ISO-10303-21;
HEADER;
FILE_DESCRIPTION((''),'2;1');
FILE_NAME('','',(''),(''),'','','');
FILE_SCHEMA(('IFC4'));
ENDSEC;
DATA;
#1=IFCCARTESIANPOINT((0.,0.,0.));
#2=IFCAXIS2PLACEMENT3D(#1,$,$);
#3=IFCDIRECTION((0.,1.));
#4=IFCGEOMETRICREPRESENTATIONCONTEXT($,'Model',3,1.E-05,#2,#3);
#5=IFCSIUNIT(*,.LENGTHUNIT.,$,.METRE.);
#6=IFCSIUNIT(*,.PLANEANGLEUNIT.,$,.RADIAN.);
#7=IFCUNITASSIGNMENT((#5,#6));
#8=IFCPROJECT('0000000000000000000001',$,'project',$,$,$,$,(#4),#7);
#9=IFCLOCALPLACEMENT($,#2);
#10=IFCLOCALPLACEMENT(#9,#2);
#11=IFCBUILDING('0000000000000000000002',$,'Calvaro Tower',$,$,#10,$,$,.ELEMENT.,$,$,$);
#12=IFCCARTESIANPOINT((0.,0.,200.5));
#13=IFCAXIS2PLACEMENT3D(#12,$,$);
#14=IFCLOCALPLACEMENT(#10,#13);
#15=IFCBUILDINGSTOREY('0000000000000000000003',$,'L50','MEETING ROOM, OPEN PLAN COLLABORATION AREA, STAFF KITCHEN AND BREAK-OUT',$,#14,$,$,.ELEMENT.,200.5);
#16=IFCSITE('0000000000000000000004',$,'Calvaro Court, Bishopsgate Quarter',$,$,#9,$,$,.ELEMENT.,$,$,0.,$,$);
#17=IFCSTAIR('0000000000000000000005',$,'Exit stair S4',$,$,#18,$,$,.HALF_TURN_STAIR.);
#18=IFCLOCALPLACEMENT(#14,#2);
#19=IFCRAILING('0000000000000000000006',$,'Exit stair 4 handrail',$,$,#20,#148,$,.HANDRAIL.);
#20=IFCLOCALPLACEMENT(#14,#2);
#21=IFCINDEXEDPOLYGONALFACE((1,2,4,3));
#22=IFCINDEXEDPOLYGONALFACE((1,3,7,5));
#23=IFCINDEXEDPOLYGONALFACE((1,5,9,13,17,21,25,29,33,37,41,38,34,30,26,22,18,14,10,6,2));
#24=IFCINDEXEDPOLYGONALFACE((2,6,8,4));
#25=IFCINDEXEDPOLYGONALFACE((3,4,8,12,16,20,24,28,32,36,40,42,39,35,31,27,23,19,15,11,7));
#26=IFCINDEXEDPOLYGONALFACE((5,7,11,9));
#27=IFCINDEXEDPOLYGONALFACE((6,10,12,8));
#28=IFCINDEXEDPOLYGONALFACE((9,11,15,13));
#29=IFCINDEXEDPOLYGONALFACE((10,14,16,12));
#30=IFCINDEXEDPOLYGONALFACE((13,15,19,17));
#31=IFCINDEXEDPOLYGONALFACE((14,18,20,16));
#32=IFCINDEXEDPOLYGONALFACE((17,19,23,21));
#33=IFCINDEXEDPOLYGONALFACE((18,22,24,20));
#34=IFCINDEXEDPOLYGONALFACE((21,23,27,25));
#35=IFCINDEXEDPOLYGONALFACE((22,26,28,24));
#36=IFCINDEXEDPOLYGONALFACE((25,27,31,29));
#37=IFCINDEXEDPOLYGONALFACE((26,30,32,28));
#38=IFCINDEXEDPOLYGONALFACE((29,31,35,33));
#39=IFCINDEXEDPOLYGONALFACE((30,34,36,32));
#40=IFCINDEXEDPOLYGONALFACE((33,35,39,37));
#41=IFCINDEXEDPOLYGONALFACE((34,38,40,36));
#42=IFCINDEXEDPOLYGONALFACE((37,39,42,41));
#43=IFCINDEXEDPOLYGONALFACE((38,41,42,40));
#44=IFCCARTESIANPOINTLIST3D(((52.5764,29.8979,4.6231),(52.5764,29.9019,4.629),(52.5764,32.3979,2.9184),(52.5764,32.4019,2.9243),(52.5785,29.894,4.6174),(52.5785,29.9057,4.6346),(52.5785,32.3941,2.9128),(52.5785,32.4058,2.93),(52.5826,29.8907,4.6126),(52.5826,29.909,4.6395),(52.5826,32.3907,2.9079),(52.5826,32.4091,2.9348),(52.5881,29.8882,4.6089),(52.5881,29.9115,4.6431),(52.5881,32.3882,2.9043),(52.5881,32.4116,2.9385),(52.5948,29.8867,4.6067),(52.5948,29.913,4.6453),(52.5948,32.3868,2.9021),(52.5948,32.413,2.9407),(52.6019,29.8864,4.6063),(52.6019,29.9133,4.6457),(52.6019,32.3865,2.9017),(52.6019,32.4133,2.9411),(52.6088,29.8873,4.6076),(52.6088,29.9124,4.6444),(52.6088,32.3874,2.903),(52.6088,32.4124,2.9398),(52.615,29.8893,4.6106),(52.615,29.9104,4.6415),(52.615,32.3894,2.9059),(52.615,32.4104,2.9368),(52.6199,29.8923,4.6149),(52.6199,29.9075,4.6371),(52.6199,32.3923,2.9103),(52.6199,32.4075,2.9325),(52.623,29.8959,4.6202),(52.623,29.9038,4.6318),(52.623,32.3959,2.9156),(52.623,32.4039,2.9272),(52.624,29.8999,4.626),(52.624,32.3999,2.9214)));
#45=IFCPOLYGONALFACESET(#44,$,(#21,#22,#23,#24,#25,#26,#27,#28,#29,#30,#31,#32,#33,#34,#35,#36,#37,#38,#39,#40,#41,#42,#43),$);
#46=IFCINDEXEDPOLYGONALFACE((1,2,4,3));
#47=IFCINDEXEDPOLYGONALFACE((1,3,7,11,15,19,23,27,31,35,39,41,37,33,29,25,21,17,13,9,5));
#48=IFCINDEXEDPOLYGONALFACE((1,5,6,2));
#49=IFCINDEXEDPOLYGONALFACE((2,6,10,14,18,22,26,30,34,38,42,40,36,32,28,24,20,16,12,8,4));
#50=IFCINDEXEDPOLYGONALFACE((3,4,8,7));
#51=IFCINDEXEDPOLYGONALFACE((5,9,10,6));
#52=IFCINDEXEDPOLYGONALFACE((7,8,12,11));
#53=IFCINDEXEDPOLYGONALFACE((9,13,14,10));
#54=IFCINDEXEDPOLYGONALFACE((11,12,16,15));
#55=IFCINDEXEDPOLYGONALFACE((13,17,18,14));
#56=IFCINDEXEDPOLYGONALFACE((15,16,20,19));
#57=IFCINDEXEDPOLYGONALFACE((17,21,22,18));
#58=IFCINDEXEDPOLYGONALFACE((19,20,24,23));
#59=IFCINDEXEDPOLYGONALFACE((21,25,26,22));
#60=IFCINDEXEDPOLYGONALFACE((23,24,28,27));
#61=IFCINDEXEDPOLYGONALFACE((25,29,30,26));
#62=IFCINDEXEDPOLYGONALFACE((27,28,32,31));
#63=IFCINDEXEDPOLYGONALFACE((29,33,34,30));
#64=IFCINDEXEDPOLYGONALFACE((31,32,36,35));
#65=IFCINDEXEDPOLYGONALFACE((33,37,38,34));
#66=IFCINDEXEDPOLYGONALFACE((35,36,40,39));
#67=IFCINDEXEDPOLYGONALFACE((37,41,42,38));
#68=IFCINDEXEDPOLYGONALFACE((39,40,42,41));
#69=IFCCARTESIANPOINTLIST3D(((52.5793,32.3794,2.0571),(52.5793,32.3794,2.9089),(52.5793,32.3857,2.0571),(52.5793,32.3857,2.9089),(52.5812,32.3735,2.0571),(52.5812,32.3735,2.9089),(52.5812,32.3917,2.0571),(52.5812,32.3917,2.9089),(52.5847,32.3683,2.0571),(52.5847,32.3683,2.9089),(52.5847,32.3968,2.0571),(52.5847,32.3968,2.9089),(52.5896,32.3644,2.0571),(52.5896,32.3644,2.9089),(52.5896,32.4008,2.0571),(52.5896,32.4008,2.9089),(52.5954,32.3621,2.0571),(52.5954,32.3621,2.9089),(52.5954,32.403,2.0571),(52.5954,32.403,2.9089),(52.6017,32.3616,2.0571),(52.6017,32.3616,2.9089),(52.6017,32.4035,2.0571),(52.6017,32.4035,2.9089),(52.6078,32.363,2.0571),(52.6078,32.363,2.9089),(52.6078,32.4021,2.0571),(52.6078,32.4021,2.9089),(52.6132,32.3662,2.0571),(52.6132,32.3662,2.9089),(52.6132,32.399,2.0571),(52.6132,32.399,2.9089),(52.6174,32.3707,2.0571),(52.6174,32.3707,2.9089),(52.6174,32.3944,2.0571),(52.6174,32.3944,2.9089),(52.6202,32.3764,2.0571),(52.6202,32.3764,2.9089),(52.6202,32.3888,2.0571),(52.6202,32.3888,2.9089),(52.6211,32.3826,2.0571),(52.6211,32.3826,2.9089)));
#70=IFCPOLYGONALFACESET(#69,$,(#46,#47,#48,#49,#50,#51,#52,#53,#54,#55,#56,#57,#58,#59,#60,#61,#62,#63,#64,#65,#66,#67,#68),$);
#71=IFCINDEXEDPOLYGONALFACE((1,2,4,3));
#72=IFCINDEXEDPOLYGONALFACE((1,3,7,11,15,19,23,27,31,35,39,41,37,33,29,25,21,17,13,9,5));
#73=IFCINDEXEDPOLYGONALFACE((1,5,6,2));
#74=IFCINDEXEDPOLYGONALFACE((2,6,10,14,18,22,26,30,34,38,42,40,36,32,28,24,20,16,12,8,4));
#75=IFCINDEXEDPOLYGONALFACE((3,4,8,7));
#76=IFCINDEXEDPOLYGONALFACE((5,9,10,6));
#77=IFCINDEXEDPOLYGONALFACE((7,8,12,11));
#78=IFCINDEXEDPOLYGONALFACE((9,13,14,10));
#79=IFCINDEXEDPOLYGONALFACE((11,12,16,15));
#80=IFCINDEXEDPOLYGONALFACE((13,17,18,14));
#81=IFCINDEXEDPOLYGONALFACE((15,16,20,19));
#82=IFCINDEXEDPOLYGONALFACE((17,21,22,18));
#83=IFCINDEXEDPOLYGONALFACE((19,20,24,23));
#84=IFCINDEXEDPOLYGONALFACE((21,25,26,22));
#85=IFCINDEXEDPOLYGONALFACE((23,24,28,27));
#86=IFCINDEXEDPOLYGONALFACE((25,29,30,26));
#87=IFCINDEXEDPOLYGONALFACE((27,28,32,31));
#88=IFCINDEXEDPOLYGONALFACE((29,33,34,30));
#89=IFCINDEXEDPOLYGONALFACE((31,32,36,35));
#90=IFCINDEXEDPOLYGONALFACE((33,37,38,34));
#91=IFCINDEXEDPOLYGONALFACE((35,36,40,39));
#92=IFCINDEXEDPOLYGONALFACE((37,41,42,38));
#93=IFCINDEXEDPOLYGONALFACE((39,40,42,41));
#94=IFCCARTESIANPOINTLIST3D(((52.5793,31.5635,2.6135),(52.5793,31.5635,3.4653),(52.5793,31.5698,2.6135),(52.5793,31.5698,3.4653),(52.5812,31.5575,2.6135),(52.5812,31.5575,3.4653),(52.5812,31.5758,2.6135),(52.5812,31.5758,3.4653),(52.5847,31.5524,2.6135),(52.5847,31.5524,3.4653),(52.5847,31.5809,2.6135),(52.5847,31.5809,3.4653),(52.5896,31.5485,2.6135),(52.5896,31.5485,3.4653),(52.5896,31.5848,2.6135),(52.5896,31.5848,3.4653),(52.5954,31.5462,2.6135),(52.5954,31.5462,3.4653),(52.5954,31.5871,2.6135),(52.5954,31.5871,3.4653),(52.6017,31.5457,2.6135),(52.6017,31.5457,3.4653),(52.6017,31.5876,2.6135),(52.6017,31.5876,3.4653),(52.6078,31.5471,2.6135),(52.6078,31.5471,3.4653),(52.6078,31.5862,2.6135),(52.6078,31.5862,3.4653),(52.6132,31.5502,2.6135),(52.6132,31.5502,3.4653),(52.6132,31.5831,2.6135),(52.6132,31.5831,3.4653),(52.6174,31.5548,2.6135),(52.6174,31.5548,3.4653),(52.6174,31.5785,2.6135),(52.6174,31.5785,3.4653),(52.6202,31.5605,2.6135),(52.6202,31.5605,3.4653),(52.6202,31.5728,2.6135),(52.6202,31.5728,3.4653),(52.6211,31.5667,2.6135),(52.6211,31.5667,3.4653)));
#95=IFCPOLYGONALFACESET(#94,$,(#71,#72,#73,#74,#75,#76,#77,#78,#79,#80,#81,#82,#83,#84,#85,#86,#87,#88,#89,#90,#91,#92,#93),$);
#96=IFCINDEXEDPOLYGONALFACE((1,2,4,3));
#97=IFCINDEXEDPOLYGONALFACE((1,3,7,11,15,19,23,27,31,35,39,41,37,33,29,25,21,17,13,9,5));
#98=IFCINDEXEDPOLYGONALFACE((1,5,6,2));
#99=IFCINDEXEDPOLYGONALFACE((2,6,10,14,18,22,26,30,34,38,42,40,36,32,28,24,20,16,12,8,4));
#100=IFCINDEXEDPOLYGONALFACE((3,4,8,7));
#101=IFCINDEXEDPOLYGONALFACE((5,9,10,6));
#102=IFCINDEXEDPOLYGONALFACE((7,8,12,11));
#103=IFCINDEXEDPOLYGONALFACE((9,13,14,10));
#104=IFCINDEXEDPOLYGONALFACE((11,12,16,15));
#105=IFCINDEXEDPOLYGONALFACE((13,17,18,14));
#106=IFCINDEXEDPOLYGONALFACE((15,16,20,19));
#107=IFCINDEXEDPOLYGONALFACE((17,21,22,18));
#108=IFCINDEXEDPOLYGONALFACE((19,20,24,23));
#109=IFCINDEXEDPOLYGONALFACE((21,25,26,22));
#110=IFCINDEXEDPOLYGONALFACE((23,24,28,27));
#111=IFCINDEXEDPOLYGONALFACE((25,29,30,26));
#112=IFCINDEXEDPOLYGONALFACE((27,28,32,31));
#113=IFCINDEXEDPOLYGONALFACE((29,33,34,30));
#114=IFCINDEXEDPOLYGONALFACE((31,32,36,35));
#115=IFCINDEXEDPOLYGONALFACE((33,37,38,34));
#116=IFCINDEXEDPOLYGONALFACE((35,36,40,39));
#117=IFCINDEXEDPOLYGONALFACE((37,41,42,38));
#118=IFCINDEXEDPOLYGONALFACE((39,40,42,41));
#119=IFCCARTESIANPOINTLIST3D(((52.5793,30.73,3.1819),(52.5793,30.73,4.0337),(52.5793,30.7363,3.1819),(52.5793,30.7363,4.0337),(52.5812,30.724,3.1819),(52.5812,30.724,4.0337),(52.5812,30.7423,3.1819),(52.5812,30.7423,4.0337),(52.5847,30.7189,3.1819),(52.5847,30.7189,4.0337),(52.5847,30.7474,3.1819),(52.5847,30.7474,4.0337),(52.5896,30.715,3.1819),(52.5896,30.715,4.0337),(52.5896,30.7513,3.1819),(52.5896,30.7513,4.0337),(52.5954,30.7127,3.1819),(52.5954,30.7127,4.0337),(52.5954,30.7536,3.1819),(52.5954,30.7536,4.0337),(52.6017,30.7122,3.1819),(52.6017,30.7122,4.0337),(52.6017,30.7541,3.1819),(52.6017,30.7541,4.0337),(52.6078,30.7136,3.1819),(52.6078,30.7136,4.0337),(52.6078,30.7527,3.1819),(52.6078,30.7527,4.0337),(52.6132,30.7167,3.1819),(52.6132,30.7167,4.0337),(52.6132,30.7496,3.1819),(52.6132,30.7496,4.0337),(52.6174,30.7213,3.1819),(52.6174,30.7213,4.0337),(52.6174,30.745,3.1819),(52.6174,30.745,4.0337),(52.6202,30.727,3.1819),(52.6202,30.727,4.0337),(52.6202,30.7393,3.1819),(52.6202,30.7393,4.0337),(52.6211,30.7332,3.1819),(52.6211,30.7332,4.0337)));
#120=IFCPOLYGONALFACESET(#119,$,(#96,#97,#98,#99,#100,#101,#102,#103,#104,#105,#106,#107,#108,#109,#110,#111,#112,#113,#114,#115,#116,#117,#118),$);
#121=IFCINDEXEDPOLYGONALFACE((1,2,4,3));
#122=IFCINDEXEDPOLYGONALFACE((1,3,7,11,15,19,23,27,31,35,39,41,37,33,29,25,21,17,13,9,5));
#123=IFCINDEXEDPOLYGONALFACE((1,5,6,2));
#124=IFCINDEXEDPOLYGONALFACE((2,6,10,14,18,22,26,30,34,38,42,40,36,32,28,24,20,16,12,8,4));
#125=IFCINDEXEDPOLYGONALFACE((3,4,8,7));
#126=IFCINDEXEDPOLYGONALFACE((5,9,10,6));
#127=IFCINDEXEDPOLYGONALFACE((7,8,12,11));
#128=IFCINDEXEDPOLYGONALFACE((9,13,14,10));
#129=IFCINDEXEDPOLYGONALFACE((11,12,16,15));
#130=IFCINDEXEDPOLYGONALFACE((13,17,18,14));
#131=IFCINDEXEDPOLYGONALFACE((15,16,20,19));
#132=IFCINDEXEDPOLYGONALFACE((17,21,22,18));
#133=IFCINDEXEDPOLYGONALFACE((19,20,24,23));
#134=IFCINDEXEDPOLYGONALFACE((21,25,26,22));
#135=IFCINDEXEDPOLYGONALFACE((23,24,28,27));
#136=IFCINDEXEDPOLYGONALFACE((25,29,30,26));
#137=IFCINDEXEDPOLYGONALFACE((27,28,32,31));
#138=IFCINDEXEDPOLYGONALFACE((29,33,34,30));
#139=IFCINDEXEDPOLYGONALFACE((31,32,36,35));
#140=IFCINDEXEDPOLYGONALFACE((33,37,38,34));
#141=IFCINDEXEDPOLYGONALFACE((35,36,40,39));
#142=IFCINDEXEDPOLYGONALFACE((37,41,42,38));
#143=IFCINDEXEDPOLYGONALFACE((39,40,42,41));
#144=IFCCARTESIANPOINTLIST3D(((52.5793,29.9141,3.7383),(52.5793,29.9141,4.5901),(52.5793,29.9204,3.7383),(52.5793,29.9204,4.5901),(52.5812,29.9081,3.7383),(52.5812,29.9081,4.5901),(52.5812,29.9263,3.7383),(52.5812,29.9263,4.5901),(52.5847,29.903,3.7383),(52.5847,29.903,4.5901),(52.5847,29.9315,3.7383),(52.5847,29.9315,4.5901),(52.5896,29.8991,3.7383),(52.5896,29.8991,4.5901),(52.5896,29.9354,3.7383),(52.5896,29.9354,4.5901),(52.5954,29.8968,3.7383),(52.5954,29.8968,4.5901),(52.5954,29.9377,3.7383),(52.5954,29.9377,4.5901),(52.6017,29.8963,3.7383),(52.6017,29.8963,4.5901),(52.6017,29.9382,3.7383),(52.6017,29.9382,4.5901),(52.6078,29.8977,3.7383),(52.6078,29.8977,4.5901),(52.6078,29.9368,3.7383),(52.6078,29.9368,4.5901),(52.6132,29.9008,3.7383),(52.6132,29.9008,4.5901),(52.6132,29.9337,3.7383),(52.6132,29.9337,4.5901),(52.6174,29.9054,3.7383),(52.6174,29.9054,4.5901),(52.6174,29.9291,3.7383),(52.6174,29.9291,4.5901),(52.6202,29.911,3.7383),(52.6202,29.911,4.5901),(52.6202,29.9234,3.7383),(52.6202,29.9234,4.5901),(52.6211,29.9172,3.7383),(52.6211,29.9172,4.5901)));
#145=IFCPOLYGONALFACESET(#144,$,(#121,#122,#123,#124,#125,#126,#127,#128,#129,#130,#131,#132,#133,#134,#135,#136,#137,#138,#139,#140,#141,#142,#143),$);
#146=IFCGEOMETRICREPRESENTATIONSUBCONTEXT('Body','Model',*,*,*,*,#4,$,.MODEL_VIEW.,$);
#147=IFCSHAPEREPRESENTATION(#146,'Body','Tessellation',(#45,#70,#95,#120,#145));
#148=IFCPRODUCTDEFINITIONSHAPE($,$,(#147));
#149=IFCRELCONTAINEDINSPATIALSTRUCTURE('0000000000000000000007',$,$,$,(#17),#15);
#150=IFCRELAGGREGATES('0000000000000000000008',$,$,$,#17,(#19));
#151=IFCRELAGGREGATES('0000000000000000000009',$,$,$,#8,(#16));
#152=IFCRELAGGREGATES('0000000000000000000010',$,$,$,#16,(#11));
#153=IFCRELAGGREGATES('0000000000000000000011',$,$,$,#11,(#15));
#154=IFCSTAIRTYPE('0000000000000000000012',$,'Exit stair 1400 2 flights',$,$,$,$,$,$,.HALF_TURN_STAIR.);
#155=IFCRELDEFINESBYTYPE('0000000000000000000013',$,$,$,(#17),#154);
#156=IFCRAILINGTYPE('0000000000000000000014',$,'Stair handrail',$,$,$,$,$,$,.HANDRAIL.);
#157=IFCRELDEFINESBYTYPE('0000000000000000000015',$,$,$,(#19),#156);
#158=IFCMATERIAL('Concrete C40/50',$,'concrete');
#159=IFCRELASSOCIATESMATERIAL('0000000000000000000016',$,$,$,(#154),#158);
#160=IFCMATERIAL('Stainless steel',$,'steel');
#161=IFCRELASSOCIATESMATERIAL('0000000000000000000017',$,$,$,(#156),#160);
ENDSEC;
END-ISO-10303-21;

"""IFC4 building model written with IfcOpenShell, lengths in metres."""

from ifc_helpers import new_model, si_unit, direction, frame, origin, origin_2d, place, context, subcontext, project, spatial, circle, extrude, material, type_object, element, aggregate, save


model = new_model("IFC4")

# Units and contexts
model_context = context("Model", 3, precision=1e-05, world=origin(), true_north=direction((0.0, 1.0)))
body_context = subcontext(model_context, "Body", "Model", "MODEL_VIEW")
ifc_project = project(units=[si_unit("LENGTHUNIT", "METRE"), si_unit("PLANEANGLEUNIT", "RADIAN")], contexts=[model_context])

# Site, building, storey
site_placement = place(None, origin())
site = spatial("IfcSite", under=ifc_project, at=site_placement, Name="Calvaro Court, Bishopsgate Quarter", CompositionType="ELEMENT", RefElevation=0.0)
building_placement = place(site_placement, origin())
building = spatial("IfcBuilding", under=site, at=building_placement, Name="Calvaro Tower", CompositionType="ELEMENT")
storey_placement = place(building_placement, frame((0.0, 0.0, 200.5)))
storey = spatial("IfcBuildingStorey", under=building, at=storey_placement, Name="L50", Description="MEETING ROOM, OPEN PLAN COLLABORATION AREA, STAFF KITCHEN AND BREAK-OUT", CompositionType="ELEMENT", Elevation=200.5)

# Stair
ifc_material_1 = material(Name="Concrete C40/50", Category="concrete")
stair_type = type_object("IfcStairType", Name="Exit stair 1400 2 flights", PredefinedType="HALF_TURN_STAIR", material=ifc_material_1)
stair_1_placement = place(storey_placement, origin())
stair_1 = element("IfcStair", 1, at=stair_1_placement, inside=storey, type_object=stair_type, Name="Exit stair S4", PredefinedType="HALF_TURN_STAIR")

# Railing
ifc_material_2 = material(Name="Stainless steel", Category="steel")
railing_type = type_object("IfcRailingType", Name="Stair handrail", PredefinedType="HANDRAIL", material=ifc_material_2)
railing_1_placement = place(storey_placement, frame((52.6001, 32.3999, 2.0454)))
railing_1 = element("IfcRailing", 2, at=railing_1_placement, type_object=railing_type, Name="Exit stair 4 handrail", PredefinedType="HANDRAIL", context=body_context, shape_type="SweptSolid", body=[
    extrude(circle(Radius=0.0239, at=origin_2d()), frame((0.0, 0.0, 0.876), z_axis=(0.0, -0.826221, 0.563347), x_axis=(1.0, 0.0, 0.0)), (0.0, 0.0, 1.0), 3.0259),
    extrude(circle(Radius=0.021, at=origin_2d()), frame((0.0, -0.0173, 0.0117)), (0.0, 0.0, 1.0), 0.8518),
    extrude(circle(Radius=0.021, at=origin_2d()), frame((0.0, -0.8333, 0.5681)), (0.0, 0.0, 1.0), 0.8518),
    extrude(circle(Radius=0.021, at=origin_2d()), frame((0.0, -1.6667, 1.1365)), (0.0, 0.0, 1.0), 0.8518),
    extrude(circle(Radius=0.021, at=origin_2d()), frame((0.0, -2.4827, 1.6929)), (0.0, 0.0, 1.0), 0.8518),
])
aggregate(stair_1, [railing_1])

save(model, "model.ifc")
